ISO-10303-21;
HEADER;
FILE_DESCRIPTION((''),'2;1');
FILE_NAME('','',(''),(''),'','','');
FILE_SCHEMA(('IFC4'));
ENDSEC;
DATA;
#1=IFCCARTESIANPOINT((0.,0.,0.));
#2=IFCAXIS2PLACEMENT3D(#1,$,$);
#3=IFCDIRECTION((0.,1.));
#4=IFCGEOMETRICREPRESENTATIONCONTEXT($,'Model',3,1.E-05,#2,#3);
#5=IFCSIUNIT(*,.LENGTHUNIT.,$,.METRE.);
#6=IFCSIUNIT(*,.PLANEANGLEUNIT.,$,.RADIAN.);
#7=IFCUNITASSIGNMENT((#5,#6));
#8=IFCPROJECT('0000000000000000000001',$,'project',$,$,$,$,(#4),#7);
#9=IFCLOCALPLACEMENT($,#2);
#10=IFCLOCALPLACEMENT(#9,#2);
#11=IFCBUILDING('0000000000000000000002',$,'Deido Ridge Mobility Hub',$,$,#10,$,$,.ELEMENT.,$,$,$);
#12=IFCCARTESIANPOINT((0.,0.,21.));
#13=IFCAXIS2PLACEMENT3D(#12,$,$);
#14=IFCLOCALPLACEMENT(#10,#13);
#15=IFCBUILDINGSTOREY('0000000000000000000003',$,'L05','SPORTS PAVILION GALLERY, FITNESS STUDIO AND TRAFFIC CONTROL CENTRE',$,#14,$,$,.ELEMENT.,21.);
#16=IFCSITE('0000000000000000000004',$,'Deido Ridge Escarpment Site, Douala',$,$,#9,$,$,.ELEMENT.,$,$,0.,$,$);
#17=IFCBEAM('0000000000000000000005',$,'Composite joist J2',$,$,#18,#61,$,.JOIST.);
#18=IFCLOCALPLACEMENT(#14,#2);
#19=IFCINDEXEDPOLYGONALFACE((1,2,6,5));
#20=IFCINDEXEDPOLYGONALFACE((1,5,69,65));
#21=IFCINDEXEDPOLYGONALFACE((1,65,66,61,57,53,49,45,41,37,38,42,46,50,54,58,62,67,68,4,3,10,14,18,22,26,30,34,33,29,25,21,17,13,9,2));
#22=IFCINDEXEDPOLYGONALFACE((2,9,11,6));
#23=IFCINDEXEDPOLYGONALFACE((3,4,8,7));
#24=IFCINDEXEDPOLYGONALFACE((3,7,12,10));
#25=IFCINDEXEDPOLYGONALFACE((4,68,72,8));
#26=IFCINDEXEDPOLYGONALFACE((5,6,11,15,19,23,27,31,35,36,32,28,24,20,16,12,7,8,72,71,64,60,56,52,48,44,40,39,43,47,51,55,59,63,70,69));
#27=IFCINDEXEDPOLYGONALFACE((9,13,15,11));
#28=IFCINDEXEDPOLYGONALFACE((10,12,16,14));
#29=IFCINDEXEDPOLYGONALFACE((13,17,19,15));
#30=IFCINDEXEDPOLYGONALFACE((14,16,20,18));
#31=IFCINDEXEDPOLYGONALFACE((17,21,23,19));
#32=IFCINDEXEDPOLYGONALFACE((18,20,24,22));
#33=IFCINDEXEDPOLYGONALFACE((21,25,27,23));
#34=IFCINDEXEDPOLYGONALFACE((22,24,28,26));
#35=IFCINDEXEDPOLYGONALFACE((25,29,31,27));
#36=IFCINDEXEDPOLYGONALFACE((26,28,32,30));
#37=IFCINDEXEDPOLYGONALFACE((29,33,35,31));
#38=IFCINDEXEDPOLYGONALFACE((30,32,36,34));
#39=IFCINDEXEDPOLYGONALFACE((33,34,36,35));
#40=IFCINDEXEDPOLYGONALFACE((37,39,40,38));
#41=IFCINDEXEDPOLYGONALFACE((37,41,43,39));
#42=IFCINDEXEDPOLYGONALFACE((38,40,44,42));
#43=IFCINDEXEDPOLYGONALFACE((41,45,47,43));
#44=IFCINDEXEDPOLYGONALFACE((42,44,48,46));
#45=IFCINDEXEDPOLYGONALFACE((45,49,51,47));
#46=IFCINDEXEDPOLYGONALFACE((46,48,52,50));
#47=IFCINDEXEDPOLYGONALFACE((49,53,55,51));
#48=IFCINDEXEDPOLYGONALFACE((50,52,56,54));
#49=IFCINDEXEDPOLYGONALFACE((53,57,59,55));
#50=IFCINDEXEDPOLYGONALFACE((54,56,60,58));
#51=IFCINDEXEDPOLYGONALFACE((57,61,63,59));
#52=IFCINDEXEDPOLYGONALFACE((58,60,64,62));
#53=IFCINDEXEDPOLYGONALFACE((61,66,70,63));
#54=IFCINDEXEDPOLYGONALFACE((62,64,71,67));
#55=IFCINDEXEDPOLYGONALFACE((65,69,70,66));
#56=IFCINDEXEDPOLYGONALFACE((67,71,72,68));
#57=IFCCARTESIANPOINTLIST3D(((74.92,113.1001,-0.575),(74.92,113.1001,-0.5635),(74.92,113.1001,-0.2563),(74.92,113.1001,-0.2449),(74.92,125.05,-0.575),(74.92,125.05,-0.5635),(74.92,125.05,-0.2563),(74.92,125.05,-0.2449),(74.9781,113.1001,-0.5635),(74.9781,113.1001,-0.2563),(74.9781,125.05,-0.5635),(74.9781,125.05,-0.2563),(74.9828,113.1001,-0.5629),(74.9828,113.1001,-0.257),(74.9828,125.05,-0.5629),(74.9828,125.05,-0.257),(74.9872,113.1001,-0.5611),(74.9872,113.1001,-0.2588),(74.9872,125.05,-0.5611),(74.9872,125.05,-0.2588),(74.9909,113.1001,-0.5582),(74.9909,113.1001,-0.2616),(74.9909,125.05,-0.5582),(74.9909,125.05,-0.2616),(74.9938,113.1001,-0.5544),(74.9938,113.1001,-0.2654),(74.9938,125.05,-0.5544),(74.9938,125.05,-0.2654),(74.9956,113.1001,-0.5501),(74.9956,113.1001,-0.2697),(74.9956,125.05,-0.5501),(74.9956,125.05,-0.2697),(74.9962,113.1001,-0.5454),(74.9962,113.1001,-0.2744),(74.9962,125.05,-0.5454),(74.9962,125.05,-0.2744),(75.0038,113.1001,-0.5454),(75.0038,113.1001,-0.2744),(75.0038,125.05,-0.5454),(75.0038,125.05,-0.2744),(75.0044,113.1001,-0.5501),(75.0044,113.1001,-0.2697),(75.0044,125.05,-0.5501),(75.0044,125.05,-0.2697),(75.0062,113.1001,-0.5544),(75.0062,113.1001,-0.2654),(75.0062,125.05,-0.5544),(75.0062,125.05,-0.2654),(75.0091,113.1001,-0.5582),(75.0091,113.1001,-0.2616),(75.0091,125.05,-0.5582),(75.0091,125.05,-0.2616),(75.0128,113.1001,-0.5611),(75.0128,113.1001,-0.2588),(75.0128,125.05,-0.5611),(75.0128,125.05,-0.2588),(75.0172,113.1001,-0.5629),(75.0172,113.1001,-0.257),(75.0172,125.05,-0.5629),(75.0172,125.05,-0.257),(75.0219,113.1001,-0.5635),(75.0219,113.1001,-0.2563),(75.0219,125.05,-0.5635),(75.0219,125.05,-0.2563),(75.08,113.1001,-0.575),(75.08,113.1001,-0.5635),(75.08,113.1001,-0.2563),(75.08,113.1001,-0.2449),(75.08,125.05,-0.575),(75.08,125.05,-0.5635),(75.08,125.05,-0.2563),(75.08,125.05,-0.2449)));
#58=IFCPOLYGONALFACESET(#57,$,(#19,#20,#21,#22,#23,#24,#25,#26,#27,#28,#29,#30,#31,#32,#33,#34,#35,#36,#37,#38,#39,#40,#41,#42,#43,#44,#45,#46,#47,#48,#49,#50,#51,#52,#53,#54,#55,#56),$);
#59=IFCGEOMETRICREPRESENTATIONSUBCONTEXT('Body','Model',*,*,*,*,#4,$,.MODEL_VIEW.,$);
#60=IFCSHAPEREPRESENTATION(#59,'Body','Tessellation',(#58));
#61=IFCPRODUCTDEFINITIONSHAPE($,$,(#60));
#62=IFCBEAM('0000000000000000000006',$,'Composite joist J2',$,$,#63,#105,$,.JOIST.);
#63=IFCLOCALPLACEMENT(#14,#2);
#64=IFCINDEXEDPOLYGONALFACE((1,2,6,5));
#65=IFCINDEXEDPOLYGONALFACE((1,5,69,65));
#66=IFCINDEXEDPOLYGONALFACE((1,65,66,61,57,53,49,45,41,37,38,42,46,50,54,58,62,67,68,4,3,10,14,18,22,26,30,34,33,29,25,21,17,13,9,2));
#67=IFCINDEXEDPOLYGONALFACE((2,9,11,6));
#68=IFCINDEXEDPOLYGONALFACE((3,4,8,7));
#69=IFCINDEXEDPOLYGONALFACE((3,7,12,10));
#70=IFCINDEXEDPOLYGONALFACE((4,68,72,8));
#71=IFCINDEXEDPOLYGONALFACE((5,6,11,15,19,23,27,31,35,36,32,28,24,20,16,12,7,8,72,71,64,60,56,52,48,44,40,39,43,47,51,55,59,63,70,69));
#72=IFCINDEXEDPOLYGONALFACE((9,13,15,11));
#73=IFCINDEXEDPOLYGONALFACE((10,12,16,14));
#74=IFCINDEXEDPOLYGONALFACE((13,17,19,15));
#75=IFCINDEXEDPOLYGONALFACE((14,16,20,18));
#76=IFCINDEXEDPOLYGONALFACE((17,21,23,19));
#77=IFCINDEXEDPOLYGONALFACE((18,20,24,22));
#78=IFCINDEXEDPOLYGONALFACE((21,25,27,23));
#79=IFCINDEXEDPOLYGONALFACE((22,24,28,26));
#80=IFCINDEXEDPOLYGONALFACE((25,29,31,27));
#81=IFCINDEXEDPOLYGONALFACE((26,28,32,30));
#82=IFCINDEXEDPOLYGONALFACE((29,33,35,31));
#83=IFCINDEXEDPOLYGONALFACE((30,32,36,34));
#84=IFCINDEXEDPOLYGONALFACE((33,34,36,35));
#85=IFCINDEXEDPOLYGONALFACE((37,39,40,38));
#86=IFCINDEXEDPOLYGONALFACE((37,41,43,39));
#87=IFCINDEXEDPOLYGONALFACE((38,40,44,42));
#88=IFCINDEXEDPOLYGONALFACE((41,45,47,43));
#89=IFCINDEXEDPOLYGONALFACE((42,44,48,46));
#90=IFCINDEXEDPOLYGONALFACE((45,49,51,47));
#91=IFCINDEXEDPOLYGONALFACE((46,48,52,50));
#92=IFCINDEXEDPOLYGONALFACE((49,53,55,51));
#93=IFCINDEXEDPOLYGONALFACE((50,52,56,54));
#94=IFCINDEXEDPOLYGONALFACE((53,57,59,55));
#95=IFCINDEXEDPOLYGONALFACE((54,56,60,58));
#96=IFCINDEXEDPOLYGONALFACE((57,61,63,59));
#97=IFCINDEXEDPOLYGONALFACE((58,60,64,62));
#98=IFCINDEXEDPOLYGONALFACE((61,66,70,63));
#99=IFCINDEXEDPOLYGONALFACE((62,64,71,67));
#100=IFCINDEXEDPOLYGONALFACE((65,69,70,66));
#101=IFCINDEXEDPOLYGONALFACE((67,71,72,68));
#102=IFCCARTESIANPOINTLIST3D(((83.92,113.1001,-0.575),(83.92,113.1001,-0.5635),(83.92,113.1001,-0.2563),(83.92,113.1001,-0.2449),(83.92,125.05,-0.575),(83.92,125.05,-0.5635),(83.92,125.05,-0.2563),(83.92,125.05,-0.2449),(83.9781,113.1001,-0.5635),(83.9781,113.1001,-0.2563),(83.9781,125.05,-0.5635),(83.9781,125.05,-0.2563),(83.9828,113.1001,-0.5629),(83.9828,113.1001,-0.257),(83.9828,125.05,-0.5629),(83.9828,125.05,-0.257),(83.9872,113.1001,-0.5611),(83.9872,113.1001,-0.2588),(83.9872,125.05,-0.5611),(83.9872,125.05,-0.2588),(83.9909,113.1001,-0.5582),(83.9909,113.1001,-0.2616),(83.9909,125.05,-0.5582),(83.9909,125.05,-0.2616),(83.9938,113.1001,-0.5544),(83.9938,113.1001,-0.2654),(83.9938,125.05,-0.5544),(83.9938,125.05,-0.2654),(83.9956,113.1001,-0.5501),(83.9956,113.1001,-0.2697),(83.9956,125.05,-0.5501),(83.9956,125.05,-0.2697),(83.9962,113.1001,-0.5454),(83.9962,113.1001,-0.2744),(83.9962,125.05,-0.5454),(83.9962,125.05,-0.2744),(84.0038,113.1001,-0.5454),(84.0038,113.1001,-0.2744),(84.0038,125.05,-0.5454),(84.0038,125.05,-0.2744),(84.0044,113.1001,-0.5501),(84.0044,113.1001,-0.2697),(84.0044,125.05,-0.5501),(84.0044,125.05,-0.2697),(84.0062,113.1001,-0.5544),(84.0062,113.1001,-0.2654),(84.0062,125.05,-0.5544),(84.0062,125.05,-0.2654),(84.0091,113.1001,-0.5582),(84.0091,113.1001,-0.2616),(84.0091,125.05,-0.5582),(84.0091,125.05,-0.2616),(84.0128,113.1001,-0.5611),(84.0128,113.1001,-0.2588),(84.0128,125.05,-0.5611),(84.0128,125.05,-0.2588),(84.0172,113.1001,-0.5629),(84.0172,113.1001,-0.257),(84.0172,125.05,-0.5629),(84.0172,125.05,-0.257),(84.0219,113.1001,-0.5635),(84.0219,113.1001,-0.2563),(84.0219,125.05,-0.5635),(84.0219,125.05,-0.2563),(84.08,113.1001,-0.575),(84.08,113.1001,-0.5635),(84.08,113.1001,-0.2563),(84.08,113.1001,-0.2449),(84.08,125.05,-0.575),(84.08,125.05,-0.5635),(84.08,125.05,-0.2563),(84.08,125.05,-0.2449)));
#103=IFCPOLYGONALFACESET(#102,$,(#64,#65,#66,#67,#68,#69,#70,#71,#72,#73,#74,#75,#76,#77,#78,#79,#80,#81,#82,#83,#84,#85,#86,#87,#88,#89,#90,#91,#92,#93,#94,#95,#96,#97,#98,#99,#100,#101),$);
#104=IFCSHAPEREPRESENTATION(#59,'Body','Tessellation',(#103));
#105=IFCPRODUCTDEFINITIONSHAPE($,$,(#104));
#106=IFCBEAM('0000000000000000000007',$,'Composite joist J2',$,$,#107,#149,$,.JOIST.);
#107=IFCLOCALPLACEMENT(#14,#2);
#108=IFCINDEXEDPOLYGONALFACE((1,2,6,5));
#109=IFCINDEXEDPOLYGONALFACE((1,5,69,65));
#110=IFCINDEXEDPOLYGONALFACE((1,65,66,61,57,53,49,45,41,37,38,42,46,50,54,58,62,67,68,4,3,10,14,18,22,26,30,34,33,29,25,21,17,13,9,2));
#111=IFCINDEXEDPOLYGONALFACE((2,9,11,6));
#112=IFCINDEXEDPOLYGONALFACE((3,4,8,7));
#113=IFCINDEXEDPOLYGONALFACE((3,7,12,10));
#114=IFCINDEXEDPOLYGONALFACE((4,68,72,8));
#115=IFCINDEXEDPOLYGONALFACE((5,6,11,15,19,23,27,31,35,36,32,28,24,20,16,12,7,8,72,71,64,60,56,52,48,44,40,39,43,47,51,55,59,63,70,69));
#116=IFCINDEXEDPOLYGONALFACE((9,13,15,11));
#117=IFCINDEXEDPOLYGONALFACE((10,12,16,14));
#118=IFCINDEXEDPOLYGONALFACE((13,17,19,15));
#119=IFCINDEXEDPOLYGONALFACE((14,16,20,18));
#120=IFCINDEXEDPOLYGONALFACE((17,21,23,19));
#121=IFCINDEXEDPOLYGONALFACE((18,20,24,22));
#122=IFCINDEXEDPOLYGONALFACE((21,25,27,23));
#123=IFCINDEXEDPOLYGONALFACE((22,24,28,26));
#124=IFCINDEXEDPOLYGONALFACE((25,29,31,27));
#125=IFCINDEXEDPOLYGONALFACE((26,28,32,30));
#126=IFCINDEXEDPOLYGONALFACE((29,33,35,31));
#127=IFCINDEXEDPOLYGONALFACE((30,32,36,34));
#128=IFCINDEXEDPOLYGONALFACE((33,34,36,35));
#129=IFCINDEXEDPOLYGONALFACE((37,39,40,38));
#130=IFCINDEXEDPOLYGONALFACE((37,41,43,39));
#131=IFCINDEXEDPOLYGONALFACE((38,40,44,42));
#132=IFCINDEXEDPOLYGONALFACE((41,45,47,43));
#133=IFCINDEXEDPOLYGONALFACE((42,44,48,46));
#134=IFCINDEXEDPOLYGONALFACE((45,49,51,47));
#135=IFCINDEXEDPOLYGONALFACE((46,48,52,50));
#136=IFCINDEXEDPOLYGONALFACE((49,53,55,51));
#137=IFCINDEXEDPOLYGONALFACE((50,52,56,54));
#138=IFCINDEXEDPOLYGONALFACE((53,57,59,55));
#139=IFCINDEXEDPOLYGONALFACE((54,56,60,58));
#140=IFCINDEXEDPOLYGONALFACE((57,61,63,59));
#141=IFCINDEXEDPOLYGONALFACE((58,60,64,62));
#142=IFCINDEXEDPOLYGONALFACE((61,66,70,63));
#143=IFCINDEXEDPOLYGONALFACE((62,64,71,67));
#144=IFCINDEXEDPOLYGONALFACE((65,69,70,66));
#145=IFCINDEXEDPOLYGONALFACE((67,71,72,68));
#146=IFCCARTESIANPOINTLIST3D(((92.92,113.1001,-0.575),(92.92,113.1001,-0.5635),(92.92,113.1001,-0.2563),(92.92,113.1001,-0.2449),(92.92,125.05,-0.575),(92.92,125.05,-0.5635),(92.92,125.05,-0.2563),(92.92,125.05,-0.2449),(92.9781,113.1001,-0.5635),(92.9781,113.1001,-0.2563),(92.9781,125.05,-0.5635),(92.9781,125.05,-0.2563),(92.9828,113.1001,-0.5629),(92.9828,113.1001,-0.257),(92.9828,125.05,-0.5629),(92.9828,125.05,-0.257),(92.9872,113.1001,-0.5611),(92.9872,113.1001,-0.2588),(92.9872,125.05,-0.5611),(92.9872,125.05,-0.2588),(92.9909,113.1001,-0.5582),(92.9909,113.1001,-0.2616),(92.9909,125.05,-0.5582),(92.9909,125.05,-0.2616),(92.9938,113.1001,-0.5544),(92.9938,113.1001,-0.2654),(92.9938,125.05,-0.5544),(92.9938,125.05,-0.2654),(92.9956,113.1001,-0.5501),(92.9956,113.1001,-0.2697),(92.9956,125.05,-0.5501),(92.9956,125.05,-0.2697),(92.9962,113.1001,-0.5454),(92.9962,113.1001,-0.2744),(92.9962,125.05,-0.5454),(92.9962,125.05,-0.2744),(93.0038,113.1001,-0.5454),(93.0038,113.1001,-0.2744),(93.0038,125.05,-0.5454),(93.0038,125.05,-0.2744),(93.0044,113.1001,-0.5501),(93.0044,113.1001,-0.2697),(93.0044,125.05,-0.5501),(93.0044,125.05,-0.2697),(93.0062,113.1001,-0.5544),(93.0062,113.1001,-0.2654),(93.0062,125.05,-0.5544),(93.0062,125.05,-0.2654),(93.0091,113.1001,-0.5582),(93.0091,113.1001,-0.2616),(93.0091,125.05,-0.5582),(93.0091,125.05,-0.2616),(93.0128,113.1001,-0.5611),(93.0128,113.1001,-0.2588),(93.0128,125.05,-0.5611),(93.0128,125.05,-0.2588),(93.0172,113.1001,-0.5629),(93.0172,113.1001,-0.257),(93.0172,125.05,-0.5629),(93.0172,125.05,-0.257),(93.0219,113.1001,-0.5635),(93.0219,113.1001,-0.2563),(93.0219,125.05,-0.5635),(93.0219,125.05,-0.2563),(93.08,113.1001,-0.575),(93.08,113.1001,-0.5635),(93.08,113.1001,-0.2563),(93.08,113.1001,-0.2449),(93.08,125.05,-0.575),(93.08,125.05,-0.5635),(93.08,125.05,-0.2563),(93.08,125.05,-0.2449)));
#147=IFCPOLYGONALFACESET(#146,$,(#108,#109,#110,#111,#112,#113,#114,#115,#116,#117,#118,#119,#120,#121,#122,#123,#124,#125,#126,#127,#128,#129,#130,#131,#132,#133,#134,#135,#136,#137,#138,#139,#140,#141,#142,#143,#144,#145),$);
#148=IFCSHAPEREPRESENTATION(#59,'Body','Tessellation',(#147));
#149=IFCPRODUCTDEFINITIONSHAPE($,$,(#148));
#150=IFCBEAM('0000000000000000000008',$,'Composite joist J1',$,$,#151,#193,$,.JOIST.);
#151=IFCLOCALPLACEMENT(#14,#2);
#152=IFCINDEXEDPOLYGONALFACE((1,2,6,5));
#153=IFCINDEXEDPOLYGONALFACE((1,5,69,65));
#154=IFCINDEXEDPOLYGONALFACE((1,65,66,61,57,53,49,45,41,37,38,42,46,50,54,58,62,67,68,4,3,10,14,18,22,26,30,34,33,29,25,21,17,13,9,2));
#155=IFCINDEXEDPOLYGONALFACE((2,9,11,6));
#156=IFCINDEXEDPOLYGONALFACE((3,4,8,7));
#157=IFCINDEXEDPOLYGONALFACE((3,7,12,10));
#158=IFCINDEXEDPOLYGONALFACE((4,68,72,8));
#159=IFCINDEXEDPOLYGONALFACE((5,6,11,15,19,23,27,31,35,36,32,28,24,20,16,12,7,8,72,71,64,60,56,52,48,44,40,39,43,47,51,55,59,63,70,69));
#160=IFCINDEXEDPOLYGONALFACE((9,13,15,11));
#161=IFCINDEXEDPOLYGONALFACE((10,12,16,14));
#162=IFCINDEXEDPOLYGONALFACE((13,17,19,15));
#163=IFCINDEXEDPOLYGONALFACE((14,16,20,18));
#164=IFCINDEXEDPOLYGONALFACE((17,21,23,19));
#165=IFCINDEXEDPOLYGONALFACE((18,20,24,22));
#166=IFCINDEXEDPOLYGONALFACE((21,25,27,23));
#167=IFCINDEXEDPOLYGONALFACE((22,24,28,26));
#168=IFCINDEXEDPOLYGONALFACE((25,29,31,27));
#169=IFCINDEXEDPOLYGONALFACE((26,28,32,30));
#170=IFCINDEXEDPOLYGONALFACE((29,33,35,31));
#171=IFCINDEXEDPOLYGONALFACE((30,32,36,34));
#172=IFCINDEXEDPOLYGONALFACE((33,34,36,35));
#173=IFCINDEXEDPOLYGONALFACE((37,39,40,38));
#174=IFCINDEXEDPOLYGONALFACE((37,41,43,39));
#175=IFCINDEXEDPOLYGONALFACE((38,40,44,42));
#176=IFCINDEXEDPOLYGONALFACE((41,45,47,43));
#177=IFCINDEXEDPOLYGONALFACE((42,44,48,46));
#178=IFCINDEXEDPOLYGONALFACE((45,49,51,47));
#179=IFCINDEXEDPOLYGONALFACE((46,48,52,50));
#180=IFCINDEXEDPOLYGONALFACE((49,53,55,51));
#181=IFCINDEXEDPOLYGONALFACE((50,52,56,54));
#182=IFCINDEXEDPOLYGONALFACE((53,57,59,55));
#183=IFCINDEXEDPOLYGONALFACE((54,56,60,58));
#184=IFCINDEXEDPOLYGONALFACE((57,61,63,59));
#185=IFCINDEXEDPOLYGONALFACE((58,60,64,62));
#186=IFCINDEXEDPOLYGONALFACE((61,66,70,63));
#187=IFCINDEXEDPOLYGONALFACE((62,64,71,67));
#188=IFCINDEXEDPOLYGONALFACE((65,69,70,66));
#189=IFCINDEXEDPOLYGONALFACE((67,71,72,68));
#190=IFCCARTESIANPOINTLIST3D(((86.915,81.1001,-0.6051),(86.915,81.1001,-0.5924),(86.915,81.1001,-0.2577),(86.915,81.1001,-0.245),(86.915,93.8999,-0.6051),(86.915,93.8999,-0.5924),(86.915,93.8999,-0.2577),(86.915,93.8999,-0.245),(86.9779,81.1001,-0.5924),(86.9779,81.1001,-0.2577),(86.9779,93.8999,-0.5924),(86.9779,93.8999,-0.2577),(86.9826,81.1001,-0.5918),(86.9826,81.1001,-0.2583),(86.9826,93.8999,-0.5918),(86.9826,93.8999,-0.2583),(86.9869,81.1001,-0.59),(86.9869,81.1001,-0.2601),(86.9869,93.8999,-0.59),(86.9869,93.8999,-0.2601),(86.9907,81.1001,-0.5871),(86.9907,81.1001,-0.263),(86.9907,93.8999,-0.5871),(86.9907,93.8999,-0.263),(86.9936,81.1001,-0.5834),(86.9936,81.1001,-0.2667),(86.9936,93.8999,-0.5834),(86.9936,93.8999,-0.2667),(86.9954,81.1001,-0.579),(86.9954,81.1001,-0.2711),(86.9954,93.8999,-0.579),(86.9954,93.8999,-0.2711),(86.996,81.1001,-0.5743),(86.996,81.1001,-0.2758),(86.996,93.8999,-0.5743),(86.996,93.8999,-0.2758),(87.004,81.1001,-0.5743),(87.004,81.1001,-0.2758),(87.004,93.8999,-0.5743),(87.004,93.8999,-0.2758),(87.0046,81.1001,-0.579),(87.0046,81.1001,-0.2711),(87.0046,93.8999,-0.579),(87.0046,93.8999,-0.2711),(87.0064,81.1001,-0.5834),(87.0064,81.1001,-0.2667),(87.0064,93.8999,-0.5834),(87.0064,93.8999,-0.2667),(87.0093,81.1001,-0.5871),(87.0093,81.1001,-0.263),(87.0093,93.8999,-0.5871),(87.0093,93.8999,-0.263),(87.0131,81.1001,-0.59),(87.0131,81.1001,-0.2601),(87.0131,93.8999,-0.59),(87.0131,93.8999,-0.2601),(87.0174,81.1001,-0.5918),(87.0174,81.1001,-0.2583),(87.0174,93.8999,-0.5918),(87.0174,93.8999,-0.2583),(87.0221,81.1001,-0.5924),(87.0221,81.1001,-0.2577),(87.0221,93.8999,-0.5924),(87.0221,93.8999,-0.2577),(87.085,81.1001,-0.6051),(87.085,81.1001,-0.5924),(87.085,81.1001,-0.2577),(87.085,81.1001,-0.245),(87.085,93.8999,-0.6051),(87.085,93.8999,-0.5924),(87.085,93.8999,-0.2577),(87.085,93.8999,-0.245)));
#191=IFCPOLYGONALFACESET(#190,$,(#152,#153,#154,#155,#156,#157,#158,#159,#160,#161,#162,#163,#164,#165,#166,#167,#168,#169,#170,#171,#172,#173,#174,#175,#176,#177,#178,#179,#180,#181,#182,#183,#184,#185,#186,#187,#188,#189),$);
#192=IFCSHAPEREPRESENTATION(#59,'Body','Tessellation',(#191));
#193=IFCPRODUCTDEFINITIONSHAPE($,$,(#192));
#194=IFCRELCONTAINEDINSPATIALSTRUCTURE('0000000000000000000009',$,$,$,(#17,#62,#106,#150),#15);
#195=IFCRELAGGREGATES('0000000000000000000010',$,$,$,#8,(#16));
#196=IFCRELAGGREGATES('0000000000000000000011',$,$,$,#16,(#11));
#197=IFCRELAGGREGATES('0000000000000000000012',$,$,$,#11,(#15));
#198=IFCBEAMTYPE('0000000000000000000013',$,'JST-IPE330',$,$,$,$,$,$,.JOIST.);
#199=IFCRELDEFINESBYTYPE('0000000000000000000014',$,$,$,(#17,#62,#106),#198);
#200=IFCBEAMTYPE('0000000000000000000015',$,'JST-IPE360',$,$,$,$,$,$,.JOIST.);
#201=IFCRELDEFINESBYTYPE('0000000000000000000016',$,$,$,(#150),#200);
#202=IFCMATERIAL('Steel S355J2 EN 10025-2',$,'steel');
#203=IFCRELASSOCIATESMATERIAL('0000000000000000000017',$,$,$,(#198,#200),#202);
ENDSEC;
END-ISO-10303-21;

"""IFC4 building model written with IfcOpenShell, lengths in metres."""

from ifc_helpers import new_model, si_unit, direction, frame, origin, origin_2d, place, context, subcontext, project, spatial, i_section, extrude, material, material_profile, profile_set, type_object, element, save


model = new_model("IFC4")

# Units and contexts
model_context = context("Model", 3, precision=1e-05, world=origin(), true_north=direction((0.0, 1.0)))
body_context = subcontext(model_context, "Body", "Model", "MODEL_VIEW")
ifc_project = project(units=[si_unit("LENGTHUNIT", "METRE"), si_unit("PLANEANGLEUNIT", "RADIAN")], contexts=[model_context])

# Site, building, storey
site_placement = place(None, origin())
site = spatial("IfcSite", under=ifc_project, at=site_placement, Name="Deido Ridge Escarpment Site, Douala", CompositionType="ELEMENT", RefElevation=0.0)
building_placement = place(site_placement, origin())
building = spatial("IfcBuilding", under=site, at=building_placement, Name="Deido Ridge Mobility Hub", CompositionType="ELEMENT")
storey_placement = place(building_placement, frame((0.0, 0.0, 21.0)))
storey = spatial("IfcBuildingStorey", under=building, at=storey_placement, Name="L05", Description="SPORTS PAVILION GALLERY, FITNESS STUDIO AND TRAFFIC CONTROL CENTRE", CompositionType="ELEMENT", Elevation=21.0)

# Beams
ifc_material = material(Name="Steel S355J2 EN 10025-2", Category="steel")
ifc_material_profile_1 = material_profile(ifc_material, i_section(OverallWidth=0.1599, OverallDepth=0.3301, WebThickness=0.0076, FlangeThickness=0.0115, FilletRadius=0.0181, at=origin_2d()), Name="IPE 330")
ifc_profile_set_1 = profile_set([ifc_material_profile_1], Name="Steel S355J2 EN 10025-2")
beam_type_1 = type_object("IfcBeamType", Name="JST-IPE330", PredefinedType="JOIST", material=ifc_profile_set_1)
for number, where, z_axis, x_axis, name in (
    (1, (75.0, 113.1001, -0.4099), (0.0, 1.0, 0.0), (-1.0, 0.0, 0.0), "Composite joist J2"),
    (2, (84.0, 113.1001, -0.4099), (0.0, 1.0, 0.0), (-1.0, 0.0, 0.0), "Composite joist J2"),
    (3, (93.0, 113.1001, -0.4099), (0.0, 1.0, 0.0), (-1.0, 0.0, 0.0), "Composite joist J2"),
):
    element("IfcBeam", number, at=place(storey_placement, frame(where, z_axis=z_axis, x_axis=x_axis)), inside=storey, type_object=beam_type_1, Name=name, PredefinedType="JOIST", context=body_context, shape_type="SweptSolid", body=[
        extrude(i_section(OverallWidth=0.1599, OverallDepth=0.3301, WebThickness=0.0076, FlangeThickness=0.0115, FilletRadius=0.0181, at=origin_2d()), origin(), (0.0, 0.0, 1.0), 11.95),
    ])
ifc_material_profile_2 = material_profile(ifc_material, i_section(OverallWidth=0.1699, OverallDepth=0.3601, WebThickness=0.0081, FlangeThickness=0.0127, FilletRadius=0.0181, at=origin_2d()), Name="IPE 360")
ifc_profile_set_2 = profile_set([ifc_material_profile_2], Name="Steel S355J2 EN 10025-2")
beam_type_2 = type_object("IfcBeamType", Name="JST-IPE360", PredefinedType="JOIST", material=ifc_profile_set_2)
for number, where, z_axis, x_axis, name in (
    (4, (87.0, 81.1001, -0.425), (0.0, 1.0, 0.0), (-1.0, 0.0, 0.0), "Composite joist J1"),
):
    element("IfcBeam", number, at=place(storey_placement, frame(where, z_axis=z_axis, x_axis=x_axis)), inside=storey, type_object=beam_type_2, Name=name, PredefinedType="JOIST", context=body_context, shape_type="SweptSolid", body=[
        extrude(i_section(OverallWidth=0.1699, OverallDepth=0.3601, WebThickness=0.0081, FlangeThickness=0.0127, FilletRadius=0.0181, at=origin_2d()), origin(), (0.0, 0.0, 1.0), 12.7998),
    ])

save(model, "model.ifc")
